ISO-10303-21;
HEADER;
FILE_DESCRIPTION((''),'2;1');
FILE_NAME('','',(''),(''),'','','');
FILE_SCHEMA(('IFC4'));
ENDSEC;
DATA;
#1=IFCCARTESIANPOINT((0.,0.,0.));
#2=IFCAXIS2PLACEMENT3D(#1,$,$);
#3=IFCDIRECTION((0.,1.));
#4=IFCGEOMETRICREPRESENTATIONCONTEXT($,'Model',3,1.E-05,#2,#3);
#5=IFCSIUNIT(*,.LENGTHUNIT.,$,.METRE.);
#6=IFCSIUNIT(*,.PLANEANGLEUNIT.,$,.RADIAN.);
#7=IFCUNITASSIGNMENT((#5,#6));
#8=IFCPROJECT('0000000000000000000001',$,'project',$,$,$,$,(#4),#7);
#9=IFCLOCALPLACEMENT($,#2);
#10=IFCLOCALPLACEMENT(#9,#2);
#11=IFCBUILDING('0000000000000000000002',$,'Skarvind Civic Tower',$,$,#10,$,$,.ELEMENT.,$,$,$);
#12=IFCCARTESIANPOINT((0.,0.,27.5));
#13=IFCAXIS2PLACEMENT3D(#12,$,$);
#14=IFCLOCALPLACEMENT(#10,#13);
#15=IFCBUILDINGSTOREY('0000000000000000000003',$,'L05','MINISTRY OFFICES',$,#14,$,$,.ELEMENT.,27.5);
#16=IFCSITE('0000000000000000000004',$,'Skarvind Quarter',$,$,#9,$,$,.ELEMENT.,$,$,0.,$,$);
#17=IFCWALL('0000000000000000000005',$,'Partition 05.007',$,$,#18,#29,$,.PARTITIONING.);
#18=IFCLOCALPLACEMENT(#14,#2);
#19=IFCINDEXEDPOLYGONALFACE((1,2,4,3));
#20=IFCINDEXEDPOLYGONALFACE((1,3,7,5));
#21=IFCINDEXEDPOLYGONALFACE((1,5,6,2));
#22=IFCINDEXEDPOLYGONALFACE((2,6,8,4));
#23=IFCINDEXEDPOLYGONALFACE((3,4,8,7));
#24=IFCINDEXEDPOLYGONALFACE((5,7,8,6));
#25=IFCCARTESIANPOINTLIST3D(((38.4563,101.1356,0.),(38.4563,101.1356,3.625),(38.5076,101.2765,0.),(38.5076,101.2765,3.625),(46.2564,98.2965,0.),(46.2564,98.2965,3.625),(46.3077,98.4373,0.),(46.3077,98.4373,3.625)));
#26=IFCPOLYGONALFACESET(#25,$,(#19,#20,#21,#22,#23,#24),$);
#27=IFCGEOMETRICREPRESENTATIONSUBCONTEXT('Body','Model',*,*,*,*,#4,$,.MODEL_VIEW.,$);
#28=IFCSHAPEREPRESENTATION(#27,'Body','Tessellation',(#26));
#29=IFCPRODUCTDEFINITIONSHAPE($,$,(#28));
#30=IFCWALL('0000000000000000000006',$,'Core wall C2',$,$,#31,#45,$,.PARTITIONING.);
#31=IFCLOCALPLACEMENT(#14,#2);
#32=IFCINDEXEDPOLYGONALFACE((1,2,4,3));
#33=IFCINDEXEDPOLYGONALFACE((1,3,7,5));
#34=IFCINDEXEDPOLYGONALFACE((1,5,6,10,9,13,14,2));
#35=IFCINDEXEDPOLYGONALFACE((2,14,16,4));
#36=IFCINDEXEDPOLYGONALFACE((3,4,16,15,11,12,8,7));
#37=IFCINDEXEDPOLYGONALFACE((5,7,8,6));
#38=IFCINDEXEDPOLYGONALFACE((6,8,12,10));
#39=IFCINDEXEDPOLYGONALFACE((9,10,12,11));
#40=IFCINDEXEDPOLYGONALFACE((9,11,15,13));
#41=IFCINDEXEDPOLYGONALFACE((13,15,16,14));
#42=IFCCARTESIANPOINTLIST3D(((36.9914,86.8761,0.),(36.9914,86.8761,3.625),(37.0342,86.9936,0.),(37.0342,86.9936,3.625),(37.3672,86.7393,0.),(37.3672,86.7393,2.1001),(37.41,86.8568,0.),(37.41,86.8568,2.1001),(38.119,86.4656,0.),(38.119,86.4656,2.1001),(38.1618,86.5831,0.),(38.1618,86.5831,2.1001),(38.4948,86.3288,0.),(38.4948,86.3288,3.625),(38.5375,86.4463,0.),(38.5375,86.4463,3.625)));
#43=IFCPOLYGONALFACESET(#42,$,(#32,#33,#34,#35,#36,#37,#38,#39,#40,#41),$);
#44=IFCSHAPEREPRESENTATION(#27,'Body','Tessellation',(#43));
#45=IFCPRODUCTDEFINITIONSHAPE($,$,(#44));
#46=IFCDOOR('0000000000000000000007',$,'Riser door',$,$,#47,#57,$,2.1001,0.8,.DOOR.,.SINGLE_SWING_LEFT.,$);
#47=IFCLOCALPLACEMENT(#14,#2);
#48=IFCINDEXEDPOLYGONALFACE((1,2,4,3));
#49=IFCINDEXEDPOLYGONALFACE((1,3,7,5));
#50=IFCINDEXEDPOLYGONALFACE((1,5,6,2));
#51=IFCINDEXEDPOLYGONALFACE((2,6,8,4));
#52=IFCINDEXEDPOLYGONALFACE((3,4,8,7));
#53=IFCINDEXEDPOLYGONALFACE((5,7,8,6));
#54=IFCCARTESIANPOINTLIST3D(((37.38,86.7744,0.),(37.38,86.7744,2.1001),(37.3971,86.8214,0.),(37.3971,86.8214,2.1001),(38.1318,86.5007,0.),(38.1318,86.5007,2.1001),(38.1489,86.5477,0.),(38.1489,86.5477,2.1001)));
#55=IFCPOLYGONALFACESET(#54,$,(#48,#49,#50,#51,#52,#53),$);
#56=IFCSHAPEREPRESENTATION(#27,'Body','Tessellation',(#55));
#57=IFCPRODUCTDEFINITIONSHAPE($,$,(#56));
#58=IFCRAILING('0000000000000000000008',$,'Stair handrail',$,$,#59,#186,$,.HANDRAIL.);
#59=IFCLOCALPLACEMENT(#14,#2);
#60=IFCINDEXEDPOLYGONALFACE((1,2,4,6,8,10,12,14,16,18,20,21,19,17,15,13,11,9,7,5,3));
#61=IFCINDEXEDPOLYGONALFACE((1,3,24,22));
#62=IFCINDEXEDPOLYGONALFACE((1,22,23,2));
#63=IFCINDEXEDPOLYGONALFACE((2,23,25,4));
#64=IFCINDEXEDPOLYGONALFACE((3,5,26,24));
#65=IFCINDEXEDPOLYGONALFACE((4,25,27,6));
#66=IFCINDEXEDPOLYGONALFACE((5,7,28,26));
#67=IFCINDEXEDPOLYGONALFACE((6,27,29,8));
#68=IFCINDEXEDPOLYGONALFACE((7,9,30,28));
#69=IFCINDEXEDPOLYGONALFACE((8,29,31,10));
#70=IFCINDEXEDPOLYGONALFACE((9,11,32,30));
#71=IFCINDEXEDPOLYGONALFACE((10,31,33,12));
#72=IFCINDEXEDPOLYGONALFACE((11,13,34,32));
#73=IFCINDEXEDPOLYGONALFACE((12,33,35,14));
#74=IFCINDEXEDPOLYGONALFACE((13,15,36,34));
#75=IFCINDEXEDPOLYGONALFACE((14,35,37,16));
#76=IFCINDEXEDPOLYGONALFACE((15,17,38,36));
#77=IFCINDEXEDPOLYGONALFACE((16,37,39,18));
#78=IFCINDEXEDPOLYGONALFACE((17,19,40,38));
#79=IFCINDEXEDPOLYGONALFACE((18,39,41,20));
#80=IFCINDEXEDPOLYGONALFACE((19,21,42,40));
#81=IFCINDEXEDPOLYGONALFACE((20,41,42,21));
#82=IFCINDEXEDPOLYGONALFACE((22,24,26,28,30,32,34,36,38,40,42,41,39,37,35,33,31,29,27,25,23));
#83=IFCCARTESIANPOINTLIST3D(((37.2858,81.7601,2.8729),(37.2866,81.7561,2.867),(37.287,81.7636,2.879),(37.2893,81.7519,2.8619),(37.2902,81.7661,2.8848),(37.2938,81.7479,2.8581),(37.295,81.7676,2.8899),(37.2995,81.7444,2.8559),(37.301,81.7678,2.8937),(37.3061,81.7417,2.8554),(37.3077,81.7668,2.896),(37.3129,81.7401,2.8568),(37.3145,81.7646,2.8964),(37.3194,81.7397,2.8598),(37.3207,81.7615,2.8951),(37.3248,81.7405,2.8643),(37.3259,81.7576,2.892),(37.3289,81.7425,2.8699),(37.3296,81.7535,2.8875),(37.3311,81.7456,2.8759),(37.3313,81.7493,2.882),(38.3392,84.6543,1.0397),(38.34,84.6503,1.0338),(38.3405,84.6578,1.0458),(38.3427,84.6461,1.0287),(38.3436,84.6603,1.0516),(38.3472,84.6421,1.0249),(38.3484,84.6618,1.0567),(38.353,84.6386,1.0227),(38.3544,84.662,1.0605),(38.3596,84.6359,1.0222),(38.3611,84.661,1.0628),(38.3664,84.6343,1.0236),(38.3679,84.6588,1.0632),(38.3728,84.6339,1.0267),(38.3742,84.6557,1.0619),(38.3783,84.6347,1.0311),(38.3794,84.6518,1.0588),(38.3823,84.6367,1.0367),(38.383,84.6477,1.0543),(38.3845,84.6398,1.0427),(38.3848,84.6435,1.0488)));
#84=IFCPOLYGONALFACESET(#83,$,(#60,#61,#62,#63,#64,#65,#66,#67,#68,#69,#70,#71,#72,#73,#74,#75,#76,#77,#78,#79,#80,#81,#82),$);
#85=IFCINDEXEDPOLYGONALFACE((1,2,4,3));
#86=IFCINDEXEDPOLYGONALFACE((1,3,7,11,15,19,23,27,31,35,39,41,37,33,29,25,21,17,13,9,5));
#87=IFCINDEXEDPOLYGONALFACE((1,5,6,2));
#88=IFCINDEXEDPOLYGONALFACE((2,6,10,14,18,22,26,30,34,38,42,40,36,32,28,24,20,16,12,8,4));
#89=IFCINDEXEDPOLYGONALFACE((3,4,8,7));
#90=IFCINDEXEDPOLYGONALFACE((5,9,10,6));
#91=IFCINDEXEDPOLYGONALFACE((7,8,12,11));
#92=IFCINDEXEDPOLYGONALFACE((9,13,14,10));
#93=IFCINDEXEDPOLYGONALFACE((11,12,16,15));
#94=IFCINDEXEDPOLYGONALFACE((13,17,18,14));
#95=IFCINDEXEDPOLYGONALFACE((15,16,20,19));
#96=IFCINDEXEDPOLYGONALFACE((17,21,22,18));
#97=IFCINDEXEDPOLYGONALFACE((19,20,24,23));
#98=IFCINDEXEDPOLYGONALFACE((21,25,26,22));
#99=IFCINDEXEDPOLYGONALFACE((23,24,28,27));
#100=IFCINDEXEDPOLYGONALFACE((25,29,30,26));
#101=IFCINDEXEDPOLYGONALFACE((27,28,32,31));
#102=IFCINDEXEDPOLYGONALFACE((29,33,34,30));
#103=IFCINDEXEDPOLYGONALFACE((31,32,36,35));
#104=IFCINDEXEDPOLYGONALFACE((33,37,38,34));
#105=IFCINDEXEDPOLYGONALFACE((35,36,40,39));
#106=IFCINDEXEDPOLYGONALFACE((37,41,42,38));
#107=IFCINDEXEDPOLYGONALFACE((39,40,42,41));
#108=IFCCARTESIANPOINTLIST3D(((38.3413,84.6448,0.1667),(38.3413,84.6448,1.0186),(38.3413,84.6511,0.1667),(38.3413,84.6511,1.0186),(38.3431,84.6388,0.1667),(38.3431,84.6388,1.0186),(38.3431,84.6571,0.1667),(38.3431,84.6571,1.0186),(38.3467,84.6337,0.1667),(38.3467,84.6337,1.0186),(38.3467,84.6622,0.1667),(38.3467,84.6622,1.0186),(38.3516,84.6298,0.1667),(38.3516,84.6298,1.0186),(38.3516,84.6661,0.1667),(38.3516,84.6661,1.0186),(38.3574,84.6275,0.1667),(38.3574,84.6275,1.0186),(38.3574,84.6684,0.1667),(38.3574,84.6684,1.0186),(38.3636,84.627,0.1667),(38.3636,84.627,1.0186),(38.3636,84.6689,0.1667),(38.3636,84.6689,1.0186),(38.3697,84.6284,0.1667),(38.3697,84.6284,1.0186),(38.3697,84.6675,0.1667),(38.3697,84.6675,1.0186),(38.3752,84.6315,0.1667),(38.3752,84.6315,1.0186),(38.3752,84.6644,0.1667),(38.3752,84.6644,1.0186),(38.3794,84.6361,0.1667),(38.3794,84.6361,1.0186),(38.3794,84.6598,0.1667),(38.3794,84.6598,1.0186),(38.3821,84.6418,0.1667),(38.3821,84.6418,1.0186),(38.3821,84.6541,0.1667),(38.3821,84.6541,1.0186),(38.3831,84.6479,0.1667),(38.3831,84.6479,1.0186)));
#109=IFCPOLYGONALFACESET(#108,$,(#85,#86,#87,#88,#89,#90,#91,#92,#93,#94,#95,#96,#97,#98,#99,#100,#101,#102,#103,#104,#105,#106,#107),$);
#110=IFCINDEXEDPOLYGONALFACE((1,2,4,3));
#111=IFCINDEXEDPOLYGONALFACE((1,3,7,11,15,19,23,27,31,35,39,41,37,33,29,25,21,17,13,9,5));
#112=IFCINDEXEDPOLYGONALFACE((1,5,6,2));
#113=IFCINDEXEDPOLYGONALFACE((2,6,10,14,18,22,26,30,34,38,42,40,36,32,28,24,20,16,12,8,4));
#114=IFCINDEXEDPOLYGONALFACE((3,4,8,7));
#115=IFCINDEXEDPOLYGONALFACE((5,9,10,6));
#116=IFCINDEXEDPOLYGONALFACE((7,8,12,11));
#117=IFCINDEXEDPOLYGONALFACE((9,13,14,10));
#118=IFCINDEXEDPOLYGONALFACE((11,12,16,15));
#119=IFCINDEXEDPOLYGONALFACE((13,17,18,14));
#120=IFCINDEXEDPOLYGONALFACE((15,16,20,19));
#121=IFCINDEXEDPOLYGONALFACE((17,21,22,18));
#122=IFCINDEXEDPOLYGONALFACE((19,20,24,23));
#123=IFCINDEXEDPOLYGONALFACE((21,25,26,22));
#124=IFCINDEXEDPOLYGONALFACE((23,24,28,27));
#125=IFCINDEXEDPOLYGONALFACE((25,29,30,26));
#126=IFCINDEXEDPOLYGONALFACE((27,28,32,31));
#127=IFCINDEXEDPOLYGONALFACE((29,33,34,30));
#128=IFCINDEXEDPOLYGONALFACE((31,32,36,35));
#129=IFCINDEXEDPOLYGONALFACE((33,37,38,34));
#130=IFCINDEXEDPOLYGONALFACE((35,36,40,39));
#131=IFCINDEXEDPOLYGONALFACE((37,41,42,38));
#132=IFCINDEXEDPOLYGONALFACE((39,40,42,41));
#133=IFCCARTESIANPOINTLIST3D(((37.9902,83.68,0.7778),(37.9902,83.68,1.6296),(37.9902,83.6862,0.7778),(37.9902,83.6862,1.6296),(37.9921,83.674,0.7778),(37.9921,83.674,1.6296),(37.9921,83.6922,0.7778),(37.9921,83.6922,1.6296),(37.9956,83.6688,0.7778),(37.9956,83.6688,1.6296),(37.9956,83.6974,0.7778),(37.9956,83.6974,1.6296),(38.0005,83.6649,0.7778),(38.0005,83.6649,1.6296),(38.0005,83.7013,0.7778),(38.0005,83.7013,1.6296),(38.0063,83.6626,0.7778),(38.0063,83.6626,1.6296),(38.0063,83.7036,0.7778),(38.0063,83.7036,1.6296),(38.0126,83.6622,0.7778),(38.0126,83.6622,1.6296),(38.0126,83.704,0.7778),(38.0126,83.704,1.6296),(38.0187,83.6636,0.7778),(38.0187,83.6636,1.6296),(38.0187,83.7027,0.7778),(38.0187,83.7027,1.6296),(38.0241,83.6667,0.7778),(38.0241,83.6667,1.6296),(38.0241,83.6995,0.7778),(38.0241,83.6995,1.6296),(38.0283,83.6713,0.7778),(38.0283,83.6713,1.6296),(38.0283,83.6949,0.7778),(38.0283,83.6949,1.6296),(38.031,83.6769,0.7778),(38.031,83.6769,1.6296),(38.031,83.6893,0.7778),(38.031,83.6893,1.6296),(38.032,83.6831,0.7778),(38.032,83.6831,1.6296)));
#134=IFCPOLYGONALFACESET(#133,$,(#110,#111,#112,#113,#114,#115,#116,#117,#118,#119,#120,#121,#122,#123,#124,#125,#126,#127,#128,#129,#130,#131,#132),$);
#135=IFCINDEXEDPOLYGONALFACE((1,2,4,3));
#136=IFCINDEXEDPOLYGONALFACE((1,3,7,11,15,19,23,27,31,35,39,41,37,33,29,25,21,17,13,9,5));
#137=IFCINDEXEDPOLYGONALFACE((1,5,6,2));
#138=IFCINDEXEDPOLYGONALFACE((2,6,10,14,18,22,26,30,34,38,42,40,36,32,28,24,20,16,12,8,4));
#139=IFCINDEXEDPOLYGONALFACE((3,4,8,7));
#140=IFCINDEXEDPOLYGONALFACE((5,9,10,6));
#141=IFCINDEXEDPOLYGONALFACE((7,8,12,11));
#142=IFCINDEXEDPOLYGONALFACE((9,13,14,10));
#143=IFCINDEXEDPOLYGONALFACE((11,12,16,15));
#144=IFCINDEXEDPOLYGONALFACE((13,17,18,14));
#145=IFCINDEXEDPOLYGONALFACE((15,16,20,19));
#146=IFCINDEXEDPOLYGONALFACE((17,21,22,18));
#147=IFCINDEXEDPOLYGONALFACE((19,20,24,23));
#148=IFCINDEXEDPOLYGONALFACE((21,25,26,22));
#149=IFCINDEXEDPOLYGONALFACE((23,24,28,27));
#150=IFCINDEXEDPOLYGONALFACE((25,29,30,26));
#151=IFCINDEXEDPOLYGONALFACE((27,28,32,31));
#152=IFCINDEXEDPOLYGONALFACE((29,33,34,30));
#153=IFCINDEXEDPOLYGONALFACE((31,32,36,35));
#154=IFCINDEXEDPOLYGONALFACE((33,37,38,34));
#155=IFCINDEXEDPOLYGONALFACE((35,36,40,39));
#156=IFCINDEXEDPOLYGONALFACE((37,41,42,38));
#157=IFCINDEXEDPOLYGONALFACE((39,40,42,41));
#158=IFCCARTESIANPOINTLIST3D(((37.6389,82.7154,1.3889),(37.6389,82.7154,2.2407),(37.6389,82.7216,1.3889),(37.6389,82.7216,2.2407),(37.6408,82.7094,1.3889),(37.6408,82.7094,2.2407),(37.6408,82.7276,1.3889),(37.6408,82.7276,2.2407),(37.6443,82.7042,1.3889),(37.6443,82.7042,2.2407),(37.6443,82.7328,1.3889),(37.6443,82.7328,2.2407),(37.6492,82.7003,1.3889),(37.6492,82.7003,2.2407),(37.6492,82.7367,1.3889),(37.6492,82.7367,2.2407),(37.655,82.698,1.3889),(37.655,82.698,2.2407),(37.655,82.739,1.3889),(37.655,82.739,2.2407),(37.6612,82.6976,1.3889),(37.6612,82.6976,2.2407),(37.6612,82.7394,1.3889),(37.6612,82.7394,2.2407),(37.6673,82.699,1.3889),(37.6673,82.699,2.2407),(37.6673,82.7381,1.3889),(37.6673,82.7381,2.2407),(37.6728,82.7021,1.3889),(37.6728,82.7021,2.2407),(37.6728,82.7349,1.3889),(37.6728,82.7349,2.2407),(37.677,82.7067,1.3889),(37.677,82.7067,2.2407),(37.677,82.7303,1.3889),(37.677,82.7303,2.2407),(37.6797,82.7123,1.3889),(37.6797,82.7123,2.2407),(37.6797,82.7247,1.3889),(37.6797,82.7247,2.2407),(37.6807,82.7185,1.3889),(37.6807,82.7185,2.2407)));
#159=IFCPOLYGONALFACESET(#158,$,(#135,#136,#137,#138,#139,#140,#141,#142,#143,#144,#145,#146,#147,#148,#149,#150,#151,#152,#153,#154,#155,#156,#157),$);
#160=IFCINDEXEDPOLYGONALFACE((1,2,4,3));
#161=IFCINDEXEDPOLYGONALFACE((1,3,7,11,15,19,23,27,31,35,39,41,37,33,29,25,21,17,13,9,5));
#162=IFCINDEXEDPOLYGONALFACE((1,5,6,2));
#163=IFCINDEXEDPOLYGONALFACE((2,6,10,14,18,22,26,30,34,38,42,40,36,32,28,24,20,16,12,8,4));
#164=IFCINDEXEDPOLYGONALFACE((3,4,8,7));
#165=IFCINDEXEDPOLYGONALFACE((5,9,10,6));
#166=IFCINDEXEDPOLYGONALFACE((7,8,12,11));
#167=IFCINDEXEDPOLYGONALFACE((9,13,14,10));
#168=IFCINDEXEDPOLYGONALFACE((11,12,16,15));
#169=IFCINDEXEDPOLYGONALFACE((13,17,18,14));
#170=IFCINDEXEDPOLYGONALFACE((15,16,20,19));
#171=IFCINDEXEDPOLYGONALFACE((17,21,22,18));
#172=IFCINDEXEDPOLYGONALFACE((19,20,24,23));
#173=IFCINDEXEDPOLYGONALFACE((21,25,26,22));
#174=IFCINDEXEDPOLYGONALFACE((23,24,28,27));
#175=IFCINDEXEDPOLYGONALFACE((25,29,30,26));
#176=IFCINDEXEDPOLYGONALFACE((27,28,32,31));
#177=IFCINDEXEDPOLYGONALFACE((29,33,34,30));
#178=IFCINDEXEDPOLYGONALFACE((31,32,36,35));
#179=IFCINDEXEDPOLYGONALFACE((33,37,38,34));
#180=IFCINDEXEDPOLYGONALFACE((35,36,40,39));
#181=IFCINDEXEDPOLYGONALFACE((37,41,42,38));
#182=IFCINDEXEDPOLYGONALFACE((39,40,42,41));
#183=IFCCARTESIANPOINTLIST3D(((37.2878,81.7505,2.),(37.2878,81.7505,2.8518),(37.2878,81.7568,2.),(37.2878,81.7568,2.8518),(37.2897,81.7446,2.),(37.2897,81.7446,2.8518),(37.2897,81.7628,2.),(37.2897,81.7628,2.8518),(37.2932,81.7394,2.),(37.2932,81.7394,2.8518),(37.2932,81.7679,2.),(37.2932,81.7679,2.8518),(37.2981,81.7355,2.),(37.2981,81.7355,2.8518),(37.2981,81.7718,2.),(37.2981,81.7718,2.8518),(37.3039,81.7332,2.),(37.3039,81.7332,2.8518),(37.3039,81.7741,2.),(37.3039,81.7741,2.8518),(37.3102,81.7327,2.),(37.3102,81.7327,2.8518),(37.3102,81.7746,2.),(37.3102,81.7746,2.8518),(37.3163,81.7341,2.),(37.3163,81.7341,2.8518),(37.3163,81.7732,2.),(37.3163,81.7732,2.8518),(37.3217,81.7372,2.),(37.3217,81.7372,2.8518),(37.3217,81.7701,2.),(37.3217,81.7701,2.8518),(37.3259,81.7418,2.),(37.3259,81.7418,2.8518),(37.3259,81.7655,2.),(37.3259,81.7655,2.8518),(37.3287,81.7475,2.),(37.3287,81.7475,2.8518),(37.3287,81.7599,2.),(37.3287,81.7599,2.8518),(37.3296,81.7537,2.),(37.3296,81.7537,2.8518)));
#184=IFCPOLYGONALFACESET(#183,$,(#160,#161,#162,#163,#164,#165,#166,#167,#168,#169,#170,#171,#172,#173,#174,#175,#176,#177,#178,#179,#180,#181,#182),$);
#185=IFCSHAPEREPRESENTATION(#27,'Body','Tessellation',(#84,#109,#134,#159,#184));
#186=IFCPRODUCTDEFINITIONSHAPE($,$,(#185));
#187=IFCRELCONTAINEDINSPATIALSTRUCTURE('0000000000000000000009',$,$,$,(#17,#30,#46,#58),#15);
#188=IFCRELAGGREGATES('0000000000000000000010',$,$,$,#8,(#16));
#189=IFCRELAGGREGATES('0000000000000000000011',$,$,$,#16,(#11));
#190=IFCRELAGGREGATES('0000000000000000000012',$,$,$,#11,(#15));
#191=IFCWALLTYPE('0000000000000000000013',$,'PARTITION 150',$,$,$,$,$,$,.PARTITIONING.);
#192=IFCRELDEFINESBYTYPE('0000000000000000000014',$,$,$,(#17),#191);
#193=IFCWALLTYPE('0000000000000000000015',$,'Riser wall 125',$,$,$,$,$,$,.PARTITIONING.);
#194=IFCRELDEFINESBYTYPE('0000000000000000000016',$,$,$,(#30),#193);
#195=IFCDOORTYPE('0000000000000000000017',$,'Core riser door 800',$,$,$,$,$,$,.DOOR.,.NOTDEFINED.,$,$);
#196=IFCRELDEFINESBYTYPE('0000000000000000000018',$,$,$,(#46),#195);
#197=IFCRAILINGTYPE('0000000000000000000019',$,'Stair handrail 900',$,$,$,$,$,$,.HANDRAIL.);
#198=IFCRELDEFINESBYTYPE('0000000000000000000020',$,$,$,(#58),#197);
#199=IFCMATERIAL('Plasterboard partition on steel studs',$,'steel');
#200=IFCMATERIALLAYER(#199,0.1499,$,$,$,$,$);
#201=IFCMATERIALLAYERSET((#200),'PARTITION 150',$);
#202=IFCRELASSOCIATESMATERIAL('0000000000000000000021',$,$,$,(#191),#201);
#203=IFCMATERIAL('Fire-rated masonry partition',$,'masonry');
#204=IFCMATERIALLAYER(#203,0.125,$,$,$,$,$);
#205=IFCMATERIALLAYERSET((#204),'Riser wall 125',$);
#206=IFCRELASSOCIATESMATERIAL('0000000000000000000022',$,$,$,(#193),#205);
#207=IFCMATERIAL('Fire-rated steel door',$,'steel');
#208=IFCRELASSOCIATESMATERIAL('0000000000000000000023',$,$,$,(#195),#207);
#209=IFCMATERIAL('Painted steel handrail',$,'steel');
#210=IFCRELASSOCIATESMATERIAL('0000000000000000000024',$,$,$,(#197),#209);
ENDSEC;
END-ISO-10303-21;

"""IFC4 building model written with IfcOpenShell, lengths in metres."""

from ifc_helpers import new_model, si_unit, direction, frame, frame_2d, origin, origin_2d, place, context, subcontext, project, spatial, rectangle, circle, extrude, material, layer, layer_set, type_object, element, fill, save


model = new_model("IFC4")

# Units and contexts
model_context = context("Model", 3, precision=1e-05, world=origin(), true_north=direction((0.0, 1.0)))
body_context = subcontext(model_context, "Body", "Model", "MODEL_VIEW")
ifc_project = project(units=[si_unit("LENGTHUNIT", "METRE"), si_unit("PLANEANGLEUNIT", "RADIAN")], contexts=[model_context])

# Site, building, storey
site_placement = place(None, origin())
site = spatial("IfcSite", under=ifc_project, at=site_placement, Name="Skarvind Quarter", CompositionType="ELEMENT", RefElevation=0.0)
building_placement = place(site_placement, origin())
building = spatial("IfcBuilding", under=site, at=building_placement, Name="Skarvind Civic Tower", CompositionType="ELEMENT")
storey_placement = place(building_placement, frame((0.0, 0.0, 27.5)))
storey = spatial("IfcBuildingStorey", under=building, at=storey_placement, Name="L05", Description="MINISTRY OFFICES", CompositionType="ELEMENT", Elevation=27.5)

# Shared definitions
ifc_material_1 = material(Name="Fire-rated masonry partition", Category="masonry")
ifc_material_2 = material(Name="Fire-rated steel door", Category="steel")

# Wall
ifc_material_3 = material(Name="Plasterboard partition on steel studs", Category="steel")
ifc_layer_1 = layer(ifc_material_3, 0.1499)
ifc_layer_set_1 = layer_set([ifc_layer_1], Name="PARTITION 150")
wall_type_1 = type_object("IfcWallType", Name="PARTITION 150", PredefinedType="PARTITIONING", material=ifc_layer_set_1)
wall_1_placement = place(storey_placement, frame((38.4819, 101.2061, 0.0), z_axis=(0.0, 0.0, 1.0), x_axis=(0.939688, -0.342034, 0.0)))
element("IfcWall", 1, at=wall_1_placement, inside=storey, type_object=wall_type_1, Name="Partition 05.007", PredefinedType="PARTITIONING", context=body_context, shape_type="SweptSolid", body=[
    extrude(rectangle(XDim=8.3008, YDim=0.1499, at=frame_2d((4.1504, 0.0))), origin(), (0.0, 0.0, 1.0), 3.625),
])

# Wall, opening, door
ifc_layer_2 = layer(ifc_material_1, 0.125)
ifc_layer_set_2 = layer_set([ifc_layer_2], Name="Riser wall 125")
wall_type_2 = type_object("IfcWallType", Name="Riser wall 125", PredefinedType="PARTITIONING", material=ifc_layer_set_2)
wall_2_placement = place(storey_placement, frame((37.0129, 86.9348, 0.0), z_axis=(0.0, 0.0, 1.0), x_axis=(0.93966, -0.342111, 0.0)))
wall_2 = element("IfcWall", 2, at=wall_2_placement, inside=storey, type_object=wall_type_2, Name="Core wall C2", PredefinedType="PARTITIONING", context=body_context, shape_type="SweptSolid", body=[
    extrude(rectangle(XDim=1.5999, YDim=0.125, at=frame_2d((0.7998, 0.0))), origin(), (0.0, 0.0, 1.0), 3.625),
])
opening_1_placement = place(wall_2_placement, frame((0.3999, 0.0, 0.0)))
opening_1 = element("IfcOpeningElement", 3, at=opening_1_placement, cuts=wall_2, PredefinedType="OPENING", context=body_context, shape_type="SweptSolid", body=[
    extrude(rectangle(XDim=0.8, YDim=2.1001, at=frame_2d((0.3999, 1.05))), frame((0.0, 0.0725, 0.0), z_axis=(0.0, -1.0, 0.0), x_axis=(1.0, 0.0, 0.0)), (0.0, 0.0, 1.0), 0.145),
])
door_type_1 = type_object("IfcDoorType", Name="Core riser door 800", OperationType="NOTDEFINED", PredefinedType="DOOR", material=ifc_material_2)
door_1_placement = place(opening_1_placement, origin())
door_1 = element("IfcDoor", 4, at=door_1_placement, inside=storey, type_object=door_type_1, Name="Riser door", OperationType="SINGLE_SWING_LEFT", OverallHeight=2.1001, OverallWidth=0.8, PredefinedType="DOOR", context=body_context, shape_type="SweptSolid", body=[
    extrude(rectangle(XDim=0.8, YDim=2.1001, at=frame_2d((0.3999, 1.05))), frame((0.0, 0.0249, 0.0), z_axis=(0.0, -1.0, 0.0), x_axis=(1.0, 0.0, 0.0)), (0.0, 0.0, 1.0), 0.05),
])
fill(opening_1, door_1)

# Railing
ifc_material_4 = material(Name="Painted steel handrail", Category="steel")
railing_type = type_object("IfcRailingType", Name="Stair handrail 900", PredefinedType="HANDRAIL", material=ifc_material_4)
railing_placement = place(storey_placement, frame((38.3621, 84.6479, 0.1667)))
element("IfcRailing", 5, at=railing_placement, inside=storey, type_object=railing_type, Name="Stair handrail", PredefinedType="HANDRAIL", context=body_context, shape_type="SweptSolid", body=[
    extrude(circle(Radius=0.0239, at=origin_2d()), frame((0.0, 0.0, 0.876), z_axis=(-0.293908, -0.807481, 0.511461), x_axis=(0.939689, -0.342029, 0.0)), (0.0, 0.0, 1.0), 3.5842),
    extrude(circle(Radius=0.021, at=origin_2d()), origin(), (0.0, 0.0, 1.0), 0.8518),
    extrude(circle(Radius=0.021, at=origin_2d()), frame((-0.3511, -0.9648, 0.6111)), (0.0, 0.0, 1.0), 0.8518),
    extrude(circle(Radius=0.021, at=origin_2d()), frame((-0.7024, -1.9294, 1.2222)), (0.0, 0.0, 1.0), 0.8518),
    extrude(circle(Radius=0.021, at=origin_2d()), frame((-1.0535, -2.8943, 1.8333)), (0.0, 0.0, 1.0), 0.8518),
])

save(model, "model.ifc")
